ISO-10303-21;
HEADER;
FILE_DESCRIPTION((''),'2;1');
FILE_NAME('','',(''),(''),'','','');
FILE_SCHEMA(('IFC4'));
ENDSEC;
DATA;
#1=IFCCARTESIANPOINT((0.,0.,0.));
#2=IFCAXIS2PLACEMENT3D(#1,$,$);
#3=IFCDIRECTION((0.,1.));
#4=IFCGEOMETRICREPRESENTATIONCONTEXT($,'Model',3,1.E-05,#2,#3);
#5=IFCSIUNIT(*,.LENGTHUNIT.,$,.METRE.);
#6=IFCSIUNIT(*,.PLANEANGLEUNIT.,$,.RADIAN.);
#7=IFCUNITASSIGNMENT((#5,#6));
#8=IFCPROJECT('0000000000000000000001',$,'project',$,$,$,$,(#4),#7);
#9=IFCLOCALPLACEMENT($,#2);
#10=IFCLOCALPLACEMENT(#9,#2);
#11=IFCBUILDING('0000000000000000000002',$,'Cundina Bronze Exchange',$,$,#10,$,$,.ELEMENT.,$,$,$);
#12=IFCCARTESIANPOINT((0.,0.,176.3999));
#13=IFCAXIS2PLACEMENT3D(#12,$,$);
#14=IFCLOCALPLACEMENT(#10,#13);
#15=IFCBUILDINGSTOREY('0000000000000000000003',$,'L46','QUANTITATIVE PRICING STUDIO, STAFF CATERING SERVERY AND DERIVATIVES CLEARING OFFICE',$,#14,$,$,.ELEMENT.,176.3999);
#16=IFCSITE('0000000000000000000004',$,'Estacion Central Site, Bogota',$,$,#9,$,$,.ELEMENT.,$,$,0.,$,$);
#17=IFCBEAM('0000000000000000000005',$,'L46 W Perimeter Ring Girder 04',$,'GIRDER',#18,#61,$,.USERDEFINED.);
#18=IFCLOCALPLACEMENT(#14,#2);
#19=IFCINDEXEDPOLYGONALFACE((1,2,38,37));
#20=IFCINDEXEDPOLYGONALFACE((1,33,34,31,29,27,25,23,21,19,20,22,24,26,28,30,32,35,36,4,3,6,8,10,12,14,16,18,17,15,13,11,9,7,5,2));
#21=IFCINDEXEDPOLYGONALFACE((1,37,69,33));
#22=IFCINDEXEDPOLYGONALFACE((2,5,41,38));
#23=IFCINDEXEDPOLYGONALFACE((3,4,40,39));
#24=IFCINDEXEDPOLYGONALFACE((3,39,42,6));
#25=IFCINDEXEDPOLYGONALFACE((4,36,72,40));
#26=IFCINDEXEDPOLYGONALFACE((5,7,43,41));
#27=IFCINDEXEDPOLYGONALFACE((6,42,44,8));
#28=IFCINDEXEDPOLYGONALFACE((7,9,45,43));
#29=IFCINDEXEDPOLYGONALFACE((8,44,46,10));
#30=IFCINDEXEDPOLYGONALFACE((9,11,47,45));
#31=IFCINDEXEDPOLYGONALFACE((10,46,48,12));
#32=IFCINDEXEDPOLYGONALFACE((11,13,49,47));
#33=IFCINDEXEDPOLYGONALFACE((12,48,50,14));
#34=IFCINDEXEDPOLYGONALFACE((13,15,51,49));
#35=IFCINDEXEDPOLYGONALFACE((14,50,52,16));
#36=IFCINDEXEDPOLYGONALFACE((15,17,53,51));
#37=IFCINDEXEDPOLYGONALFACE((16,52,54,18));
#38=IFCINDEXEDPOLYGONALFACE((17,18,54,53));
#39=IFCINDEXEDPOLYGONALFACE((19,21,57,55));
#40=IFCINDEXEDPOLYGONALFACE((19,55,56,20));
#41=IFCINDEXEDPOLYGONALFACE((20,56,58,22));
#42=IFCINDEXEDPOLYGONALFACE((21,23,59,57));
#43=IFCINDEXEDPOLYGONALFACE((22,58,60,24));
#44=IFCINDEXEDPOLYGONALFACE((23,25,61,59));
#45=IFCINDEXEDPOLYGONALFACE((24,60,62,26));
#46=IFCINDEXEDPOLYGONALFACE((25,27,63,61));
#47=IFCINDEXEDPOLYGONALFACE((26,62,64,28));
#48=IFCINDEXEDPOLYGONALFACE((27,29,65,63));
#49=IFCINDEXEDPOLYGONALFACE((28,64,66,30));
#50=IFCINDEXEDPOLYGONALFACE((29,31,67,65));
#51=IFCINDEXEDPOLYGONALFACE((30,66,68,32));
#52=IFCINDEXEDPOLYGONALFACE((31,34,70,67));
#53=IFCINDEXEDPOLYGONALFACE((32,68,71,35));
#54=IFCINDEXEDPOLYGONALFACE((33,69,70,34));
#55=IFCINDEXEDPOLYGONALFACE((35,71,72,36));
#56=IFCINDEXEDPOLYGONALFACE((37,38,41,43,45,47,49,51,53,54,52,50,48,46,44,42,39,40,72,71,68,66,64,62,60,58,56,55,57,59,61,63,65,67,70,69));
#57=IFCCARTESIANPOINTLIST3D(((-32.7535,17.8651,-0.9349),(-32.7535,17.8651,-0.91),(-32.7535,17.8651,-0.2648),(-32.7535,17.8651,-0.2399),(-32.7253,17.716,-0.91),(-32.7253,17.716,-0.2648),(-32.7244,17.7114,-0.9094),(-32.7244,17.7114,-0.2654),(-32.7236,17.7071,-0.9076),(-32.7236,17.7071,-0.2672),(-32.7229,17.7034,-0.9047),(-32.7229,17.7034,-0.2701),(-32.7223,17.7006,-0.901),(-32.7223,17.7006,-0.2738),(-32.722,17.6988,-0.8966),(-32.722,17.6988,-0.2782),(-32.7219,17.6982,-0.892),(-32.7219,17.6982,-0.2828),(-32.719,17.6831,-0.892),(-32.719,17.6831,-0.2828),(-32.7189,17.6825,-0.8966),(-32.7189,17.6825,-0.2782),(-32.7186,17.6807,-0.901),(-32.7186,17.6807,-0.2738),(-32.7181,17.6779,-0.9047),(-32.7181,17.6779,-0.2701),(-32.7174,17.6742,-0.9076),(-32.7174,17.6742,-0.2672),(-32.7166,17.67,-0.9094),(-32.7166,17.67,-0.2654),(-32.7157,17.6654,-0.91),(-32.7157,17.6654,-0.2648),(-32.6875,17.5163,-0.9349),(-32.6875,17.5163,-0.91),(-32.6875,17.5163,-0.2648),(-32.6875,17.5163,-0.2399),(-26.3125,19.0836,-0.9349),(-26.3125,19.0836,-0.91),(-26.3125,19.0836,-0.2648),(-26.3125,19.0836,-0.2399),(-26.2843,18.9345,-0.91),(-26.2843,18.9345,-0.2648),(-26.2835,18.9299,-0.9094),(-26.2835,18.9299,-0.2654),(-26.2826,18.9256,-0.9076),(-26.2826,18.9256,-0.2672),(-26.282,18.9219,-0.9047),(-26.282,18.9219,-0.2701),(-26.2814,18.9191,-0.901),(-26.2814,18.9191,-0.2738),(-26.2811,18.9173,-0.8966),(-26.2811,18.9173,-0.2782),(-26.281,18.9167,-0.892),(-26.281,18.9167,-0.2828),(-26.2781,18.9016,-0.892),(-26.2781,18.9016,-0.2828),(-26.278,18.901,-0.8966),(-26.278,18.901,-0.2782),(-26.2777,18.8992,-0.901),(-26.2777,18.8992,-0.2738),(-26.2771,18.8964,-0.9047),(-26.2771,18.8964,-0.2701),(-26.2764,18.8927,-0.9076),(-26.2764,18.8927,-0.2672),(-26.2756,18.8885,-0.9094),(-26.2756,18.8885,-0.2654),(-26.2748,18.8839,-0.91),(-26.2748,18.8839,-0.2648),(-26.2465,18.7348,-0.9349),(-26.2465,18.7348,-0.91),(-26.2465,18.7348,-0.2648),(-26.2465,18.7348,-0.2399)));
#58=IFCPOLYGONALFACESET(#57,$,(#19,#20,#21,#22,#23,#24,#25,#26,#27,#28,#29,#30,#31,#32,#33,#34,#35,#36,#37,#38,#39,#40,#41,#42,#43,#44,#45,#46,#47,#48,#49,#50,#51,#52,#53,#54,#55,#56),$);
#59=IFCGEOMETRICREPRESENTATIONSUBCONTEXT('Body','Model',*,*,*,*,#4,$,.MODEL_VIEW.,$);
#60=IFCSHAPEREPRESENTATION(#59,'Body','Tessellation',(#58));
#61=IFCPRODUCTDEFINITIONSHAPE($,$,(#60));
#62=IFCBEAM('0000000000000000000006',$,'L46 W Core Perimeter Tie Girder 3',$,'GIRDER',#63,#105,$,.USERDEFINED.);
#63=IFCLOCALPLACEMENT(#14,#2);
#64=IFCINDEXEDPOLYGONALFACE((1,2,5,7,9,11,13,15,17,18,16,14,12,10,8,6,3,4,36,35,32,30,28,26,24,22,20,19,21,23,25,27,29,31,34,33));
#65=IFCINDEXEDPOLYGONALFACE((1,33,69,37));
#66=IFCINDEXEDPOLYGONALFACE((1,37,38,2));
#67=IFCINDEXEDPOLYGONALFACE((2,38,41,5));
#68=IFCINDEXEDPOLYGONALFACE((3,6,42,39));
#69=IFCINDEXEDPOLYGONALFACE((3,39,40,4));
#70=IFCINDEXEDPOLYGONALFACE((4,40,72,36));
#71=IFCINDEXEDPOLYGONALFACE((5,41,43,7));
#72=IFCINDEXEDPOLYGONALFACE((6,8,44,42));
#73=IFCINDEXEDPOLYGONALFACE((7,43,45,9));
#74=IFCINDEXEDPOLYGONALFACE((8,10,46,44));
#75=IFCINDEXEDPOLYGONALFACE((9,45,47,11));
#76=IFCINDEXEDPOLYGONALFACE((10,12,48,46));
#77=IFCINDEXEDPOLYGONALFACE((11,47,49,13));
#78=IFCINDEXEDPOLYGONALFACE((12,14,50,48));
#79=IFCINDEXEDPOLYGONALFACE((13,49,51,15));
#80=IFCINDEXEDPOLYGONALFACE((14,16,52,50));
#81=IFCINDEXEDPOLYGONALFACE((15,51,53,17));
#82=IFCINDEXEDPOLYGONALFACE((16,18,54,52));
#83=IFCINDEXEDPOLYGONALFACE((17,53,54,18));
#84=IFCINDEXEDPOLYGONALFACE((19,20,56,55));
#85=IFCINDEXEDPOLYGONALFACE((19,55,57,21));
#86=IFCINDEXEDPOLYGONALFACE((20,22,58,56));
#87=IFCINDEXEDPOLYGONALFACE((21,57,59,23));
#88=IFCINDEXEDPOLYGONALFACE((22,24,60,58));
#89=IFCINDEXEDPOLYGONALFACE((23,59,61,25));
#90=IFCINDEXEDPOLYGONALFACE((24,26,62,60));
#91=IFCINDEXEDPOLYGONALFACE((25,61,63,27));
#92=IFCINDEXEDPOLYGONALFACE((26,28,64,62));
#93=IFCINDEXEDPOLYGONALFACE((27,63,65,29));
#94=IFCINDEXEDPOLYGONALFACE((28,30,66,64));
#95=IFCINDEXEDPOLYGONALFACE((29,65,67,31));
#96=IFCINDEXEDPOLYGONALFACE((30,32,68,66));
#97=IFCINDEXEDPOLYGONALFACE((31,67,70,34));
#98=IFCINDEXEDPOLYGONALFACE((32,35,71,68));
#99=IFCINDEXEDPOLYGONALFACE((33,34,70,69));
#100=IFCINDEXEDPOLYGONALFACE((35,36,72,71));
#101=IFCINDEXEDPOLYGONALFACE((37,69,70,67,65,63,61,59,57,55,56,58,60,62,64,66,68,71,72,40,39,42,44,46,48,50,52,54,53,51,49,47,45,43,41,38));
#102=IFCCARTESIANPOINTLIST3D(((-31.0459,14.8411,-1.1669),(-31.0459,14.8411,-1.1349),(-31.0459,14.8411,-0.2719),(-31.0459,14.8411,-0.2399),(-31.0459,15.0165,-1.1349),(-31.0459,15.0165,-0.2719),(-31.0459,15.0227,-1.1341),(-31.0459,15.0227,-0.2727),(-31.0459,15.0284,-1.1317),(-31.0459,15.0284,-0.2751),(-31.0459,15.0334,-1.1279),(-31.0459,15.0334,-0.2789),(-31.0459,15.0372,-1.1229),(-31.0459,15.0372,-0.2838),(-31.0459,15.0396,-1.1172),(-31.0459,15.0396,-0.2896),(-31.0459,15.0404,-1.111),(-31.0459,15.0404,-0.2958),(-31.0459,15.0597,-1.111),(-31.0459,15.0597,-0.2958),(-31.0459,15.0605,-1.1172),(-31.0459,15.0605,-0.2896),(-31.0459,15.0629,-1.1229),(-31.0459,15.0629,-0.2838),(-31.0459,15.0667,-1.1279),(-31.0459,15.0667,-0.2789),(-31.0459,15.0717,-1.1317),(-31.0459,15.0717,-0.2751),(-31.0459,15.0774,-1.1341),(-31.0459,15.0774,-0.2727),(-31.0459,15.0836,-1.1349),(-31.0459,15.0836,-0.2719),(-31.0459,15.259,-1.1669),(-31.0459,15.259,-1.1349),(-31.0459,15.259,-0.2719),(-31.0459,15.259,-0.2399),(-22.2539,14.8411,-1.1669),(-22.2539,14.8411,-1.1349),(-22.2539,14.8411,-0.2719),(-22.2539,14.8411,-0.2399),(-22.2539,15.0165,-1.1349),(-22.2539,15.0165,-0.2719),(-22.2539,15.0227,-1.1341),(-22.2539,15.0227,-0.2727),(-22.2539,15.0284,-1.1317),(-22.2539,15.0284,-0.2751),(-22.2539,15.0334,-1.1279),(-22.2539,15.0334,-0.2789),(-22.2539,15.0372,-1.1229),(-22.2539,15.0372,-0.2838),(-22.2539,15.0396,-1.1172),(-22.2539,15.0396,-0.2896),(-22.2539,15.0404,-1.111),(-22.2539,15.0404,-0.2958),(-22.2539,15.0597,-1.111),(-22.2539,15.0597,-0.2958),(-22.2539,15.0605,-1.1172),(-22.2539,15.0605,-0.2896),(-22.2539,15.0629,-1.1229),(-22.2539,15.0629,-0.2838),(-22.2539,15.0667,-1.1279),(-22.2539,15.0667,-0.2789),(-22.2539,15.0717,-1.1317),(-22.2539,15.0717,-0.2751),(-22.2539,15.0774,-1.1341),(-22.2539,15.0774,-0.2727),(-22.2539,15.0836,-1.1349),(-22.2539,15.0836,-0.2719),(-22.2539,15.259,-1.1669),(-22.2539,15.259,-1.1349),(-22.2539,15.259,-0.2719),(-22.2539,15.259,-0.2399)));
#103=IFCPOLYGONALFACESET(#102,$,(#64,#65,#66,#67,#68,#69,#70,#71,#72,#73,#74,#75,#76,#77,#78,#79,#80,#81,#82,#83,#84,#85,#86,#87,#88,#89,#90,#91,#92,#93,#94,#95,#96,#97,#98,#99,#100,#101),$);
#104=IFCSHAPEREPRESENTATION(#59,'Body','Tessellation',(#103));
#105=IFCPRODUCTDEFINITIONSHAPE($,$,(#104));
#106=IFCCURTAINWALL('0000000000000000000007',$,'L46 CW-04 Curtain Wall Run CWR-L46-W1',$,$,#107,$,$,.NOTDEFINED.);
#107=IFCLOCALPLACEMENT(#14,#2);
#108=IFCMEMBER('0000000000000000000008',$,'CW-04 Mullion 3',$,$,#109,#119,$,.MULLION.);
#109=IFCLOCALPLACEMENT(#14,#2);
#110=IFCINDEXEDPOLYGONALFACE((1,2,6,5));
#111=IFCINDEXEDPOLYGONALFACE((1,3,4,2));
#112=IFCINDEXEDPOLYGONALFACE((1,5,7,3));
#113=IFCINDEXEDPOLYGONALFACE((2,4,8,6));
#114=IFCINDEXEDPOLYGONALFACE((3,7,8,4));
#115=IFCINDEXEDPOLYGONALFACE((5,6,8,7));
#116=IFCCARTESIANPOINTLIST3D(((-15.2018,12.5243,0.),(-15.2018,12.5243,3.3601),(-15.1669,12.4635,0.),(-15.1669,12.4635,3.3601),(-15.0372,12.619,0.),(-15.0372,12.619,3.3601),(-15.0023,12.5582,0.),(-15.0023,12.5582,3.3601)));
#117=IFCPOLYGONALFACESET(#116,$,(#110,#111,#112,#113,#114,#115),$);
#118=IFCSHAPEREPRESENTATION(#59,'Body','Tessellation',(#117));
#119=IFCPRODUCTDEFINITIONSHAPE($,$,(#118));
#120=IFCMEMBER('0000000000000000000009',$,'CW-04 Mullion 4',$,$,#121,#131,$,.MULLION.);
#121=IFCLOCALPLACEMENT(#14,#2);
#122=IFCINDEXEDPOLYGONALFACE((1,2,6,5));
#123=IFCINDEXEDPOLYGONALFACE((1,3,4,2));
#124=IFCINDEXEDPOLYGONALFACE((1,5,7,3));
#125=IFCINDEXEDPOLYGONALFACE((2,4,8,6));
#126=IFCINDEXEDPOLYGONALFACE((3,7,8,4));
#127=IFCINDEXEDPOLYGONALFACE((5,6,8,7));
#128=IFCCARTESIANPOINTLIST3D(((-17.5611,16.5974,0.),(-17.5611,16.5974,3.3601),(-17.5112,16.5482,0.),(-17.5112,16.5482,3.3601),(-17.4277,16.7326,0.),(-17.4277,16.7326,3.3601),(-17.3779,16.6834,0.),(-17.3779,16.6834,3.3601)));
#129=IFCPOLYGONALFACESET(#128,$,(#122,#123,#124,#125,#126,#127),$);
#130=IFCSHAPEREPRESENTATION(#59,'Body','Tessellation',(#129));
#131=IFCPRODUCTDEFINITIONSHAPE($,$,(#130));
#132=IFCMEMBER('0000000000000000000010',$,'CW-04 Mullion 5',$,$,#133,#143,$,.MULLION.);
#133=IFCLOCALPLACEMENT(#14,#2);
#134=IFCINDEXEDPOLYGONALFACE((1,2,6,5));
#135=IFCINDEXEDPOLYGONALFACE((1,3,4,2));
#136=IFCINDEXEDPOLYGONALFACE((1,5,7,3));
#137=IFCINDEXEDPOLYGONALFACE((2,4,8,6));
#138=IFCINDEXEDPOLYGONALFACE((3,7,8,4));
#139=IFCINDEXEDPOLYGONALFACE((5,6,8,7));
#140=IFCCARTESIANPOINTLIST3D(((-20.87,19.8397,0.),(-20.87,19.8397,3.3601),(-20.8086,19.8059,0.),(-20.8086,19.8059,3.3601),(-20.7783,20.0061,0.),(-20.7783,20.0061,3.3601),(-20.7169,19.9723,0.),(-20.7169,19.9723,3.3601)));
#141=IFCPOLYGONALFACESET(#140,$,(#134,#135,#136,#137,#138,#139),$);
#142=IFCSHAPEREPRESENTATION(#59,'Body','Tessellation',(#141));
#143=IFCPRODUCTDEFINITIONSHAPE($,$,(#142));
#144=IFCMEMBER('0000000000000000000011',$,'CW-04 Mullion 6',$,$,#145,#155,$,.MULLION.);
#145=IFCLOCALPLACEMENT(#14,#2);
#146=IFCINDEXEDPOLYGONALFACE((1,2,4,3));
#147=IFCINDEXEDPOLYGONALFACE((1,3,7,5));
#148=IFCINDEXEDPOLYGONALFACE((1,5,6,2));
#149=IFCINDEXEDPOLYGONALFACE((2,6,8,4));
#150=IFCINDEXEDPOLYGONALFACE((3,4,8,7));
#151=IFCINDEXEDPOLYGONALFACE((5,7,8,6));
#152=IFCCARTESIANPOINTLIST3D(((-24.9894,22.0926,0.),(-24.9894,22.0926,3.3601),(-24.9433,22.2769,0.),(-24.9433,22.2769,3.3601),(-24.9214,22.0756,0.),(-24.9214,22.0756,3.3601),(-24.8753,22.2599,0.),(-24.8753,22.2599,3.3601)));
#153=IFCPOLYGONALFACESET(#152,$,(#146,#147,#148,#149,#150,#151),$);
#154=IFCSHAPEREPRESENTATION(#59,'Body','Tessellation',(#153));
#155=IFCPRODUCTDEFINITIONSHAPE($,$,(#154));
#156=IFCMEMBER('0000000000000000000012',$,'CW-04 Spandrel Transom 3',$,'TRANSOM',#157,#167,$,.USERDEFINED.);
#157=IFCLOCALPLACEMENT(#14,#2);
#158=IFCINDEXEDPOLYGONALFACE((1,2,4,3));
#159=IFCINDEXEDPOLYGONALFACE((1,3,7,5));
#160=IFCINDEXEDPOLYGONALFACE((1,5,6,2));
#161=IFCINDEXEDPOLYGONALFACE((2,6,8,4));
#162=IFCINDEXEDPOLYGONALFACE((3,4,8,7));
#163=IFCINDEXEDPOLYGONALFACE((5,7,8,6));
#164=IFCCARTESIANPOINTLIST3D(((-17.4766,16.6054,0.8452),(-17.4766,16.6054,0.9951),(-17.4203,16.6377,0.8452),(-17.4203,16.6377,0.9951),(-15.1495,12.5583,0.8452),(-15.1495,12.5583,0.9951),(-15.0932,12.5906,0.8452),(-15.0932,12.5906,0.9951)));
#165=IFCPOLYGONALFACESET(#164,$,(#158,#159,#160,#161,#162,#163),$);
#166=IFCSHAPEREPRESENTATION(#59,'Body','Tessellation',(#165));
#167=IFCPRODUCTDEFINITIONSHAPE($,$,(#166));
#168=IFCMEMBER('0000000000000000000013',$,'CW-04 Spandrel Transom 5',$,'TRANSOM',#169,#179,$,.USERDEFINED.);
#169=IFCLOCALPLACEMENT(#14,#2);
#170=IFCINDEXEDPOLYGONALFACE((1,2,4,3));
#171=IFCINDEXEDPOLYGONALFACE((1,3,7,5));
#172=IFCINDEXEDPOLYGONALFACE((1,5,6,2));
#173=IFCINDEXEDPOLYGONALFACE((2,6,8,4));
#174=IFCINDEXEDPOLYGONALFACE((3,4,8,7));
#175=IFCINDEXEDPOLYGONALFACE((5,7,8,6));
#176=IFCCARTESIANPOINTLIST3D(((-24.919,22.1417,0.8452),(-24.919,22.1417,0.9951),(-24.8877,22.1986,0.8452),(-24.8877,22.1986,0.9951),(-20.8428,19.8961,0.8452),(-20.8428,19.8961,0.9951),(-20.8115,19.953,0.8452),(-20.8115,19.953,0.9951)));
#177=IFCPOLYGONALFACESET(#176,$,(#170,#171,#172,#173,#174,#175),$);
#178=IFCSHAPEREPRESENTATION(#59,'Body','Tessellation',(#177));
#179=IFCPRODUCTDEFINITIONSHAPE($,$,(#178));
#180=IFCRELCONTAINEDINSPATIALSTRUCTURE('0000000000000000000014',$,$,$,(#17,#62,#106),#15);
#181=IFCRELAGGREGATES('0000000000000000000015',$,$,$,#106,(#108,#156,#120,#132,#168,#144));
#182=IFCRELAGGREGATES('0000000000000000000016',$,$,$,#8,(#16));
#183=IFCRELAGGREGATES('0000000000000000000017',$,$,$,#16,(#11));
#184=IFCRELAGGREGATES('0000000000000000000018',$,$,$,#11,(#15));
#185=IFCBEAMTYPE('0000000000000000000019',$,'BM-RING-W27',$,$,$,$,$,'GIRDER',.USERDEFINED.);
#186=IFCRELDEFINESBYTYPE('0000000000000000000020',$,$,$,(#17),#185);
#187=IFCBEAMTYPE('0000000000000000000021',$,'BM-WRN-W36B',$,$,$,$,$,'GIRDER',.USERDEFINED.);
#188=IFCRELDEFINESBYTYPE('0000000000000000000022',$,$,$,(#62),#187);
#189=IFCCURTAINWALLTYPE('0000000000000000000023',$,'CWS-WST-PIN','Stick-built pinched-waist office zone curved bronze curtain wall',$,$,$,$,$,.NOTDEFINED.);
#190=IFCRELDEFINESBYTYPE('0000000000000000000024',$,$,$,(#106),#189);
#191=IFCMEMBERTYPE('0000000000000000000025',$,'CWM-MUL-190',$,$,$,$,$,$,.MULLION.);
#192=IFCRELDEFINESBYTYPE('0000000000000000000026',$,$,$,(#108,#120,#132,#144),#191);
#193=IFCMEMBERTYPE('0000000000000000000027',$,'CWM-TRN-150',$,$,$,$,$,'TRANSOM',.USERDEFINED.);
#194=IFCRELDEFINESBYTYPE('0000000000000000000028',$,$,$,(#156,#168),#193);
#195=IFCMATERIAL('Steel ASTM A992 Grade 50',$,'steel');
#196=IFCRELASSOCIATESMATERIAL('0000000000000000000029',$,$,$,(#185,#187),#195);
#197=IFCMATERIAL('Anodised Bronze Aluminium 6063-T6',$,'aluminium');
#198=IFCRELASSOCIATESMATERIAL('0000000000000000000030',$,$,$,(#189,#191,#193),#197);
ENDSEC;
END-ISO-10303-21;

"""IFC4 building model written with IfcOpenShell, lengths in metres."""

from ifc_helpers import new_model, si_unit, direction, frame, origin, origin_2d, place, context, subcontext, project, spatial, rectangle, i_section, extrude, material, material_profile, profile_set, type_object, element, aggregate, save


model = new_model("IFC4")

# Units and contexts
model_context = context("Model", 3, precision=1e-05, world=origin(), true_north=direction((0.0, 1.0)))
body_context = subcontext(model_context, "Body", "Model", "MODEL_VIEW")
ifc_project = project(units=[si_unit("LENGTHUNIT", "METRE"), si_unit("PLANEANGLEUNIT", "RADIAN")], contexts=[model_context])

# Site, building, storey
site_placement = place(None, origin())
site = spatial("IfcSite", under=ifc_project, at=site_placement, Name="Estacion Central Site, Bogota", CompositionType="ELEMENT", RefElevation=0.0)
building_placement = place(site_placement, origin())
building = spatial("IfcBuilding", under=site, at=building_placement, Name="Cundina Bronze Exchange", CompositionType="ELEMENT")
storey_placement = place(building_placement, frame((0.0, 0.0, 176.3999)))
storey = spatial("IfcBuildingStorey", under=building, at=storey_placement, Name="L46", Description="QUANTITATIVE PRICING STUDIO, STAFF CATERING SERVERY AND DERIVATIVES CLEARING OFFICE", CompositionType="ELEMENT", Elevation=176.3999)

# Shared definitions
ifc_material_1 = material(Name="Steel ASTM A992 Grade 50", Category="steel")

# Beams
ifc_material_profile_1 = material_profile(ifc_material_1, i_section(OverallWidth=0.355, OverallDepth=0.6951, WebThickness=0.0154, FlangeThickness=0.0249, FilletRadius=0.0181, at=origin_2d()), Name="W27X146", Category="steel")
ifc_profile_set_1 = profile_set([ifc_material_profile_1], Name="Steel ASTM A992 Grade 50")
beam_type_1 = type_object("IfcBeamType", Name="BM-RING-W27", ElementType="GIRDER", PredefinedType="USERDEFINED", material=ifc_profile_set_1)
beam_1_placement = place(storey_placement, frame((-26.2795, 18.9092, -0.5874), z_axis=(-0.982572, -0.185885, 0.0), x_axis=(0.185885, -0.982572, 0.0)))
element("IfcBeam", 1, at=beam_1_placement, inside=storey, type_object=beam_type_1, Name="L46 W Perimeter Ring Girder 04", ObjectType="GIRDER", PredefinedType="USERDEFINED", context=body_context, shape_type="SweptSolid", body=[
    extrude(i_section(OverallWidth=0.355, OverallDepth=0.6951, WebThickness=0.0154, FlangeThickness=0.0249, FilletRadius=0.0181, at=origin_2d()), origin(), (0.0, 0.0, 1.0), 6.5552),
])
ifc_material_profile_2 = material_profile(ifc_material_1, i_section(OverallWidth=0.418, OverallDepth=0.927, WebThickness=0.0193, FlangeThickness=0.032, FilletRadius=0.0239, at=origin_2d()), Name="W36X231", Category="steel")
ifc_profile_set_2 = profile_set([ifc_material_profile_2], Name="Steel ASTM A992 Grade 50")
beam_type_2 = type_object("IfcBeamType", Name="BM-WRN-W36B", ElementType="GIRDER", PredefinedType="USERDEFINED", material=ifc_profile_set_2)
beam_2_placement = place(storey_placement, frame((-22.2539, 15.05, -0.7034), z_axis=(-1.0, 0.0, 0.0), x_axis=(0.0, -1.0, 0.0)))
element("IfcBeam", 2, at=beam_2_placement, inside=storey, type_object=beam_type_2, Name="L46 W Core Perimeter Tie Girder 3", ObjectType="GIRDER", PredefinedType="USERDEFINED", context=body_context, shape_type="SweptSolid", body=[
    extrude(i_section(OverallWidth=0.418, OverallDepth=0.927, WebThickness=0.0193, FlangeThickness=0.032, FilletRadius=0.0239, at=origin_2d()), origin(), (0.0, 0.0, 1.0), 8.792),
])

# Curtain wall, members
ifc_material_2 = material(Name="Anodised Bronze Aluminium 6063-T6", Category="aluminium")
curtain_wall_type = type_object("IfcCurtainWallType", Name="CWS-WST-PIN", Description="Stick-built pinched-waist office zone curved bronze curtain wall", PredefinedType="NOTDEFINED", material=ifc_material_2)
curtain_wall_placement = place(storey_placement, origin())
curtain_wall = element("IfcCurtainWall", 3, at=curtain_wall_placement, inside=storey, type_object=curtain_wall_type, Name="L46 CW-04 Curtain Wall Run CWR-L46-W1", PredefinedType="NOTDEFINED")
ifc_material_profile_3 = material_profile(ifc_material_2, rectangle(XDim=0.0701, YDim=0.1899, at=origin_2d()), Name="AL70X190", Category="aluminium")
ifc_profile_set_3 = profile_set([ifc_material_profile_3], Name="Anodised Bronze Aluminium 6063-T6")
member_type_1 = type_object("IfcMemberType", Name="CWM-MUL-190", PredefinedType="MULLION", material=ifc_profile_set_3)
member_1_placement = place(storey_placement, frame((-15.1021, 12.5413, 0.0), z_axis=(0.0, 0.0, 1.0), x_axis=(-0.498488, 0.866897, 0.0)))
member_1 = element("IfcMember", 4, at=member_1_placement, type_object=member_type_1, Name="CW-04 Mullion 3", PredefinedType="MULLION", context=body_context, shape_type="SweptSolid", body=[
    extrude(rectangle(XDim=0.0701, YDim=0.1899, at=origin_2d()), origin(), (0.0, 0.0, 1.0), 3.3601),
])
member_2_placement = place(storey_placement, frame((-17.4695, 16.6404, 0.0), z_axis=(0.0, 0.0, 1.0), x_axis=(-0.712026, 0.702153, 0.0)))
member_2 = element("IfcMember", 5, at=member_2_placement, type_object=member_type_1, Name="CW-04 Mullion 4", PredefinedType="MULLION", context=body_context, shape_type="SweptSolid", body=[
    extrude(rectangle(XDim=0.0701, YDim=0.1899, at=origin_2d()), origin(), (0.0, 0.0, 1.0), 3.3601),
])
member_3_placement = place(storey_placement, frame((-20.7935, 19.906, 0.0), z_axis=(0.0, 0.0, 1.0), x_axis=(-0.875886, 0.482518, 0.0)))
member_3 = element("IfcMember", 6, at=member_3_placement, type_object=member_type_1, Name="CW-04 Mullion 5", PredefinedType="MULLION", context=body_context, shape_type="SweptSolid", body=[
    extrude(rectangle(XDim=0.0701, YDim=0.1899, at=origin_2d()), origin(), (0.0, 0.0, 1.0), 3.3601),
])
member_4_placement = place(storey_placement, frame((-24.9324, 22.1763, 0.0), z_axis=(0.0, 0.0, 1.0), x_axis=(-0.970084, 0.242769, 0.0)))
member_4 = element("IfcMember", 7, at=member_4_placement, type_object=member_type_1, Name="CW-04 Mullion 6", PredefinedType="MULLION", context=body_context, shape_type="SweptSolid", body=[
    extrude(rectangle(XDim=0.0701, YDim=0.1899, at=origin_2d()), origin(), (0.0, 0.0, 1.0), 3.3601),
])
ifc_material_profile_4 = material_profile(ifc_material_2, rectangle(XDim=0.0649, YDim=0.1499, at=origin_2d()), Name="AL65X150", Category="aluminium")
ifc_profile_set_4 = profile_set([ifc_material_profile_4], Name="Anodised Bronze Aluminium 6063-T6")
member_type_2 = type_object("IfcMemberType", Name="CWM-TRN-150", ElementType="TRANSOM", PredefinedType="USERDEFINED", material=ifc_profile_set_4)
member_5_placement = place(storey_placement, frame((-15.1213, 12.5745, 0.9202), z_axis=(-0.49848, 0.866901, 0.0), x_axis=(-0.866901, -0.49848, 0.0)))
member_5 = element("IfcMember", 8, at=member_5_placement, type_object=member_type_2, Name="CW-04 Spandrel Transom 3", ObjectType="TRANSOM", PredefinedType="USERDEFINED", context=body_context, shape_type="SweptSolid", body=[
    extrude(rectangle(XDim=0.0649, YDim=0.1499, at=origin_2d()), origin(), (0.0, 0.0, 1.0), 4.6685),
])
member_6_placement = place(storey_placement, frame((-20.8271, 19.9246, 0.9202), z_axis=(-0.875879, 0.482531, 0.0), x_axis=(-0.482531, -0.875879, 0.0)))
member_6 = element("IfcMember", 9, at=member_6_placement, type_object=member_type_2, Name="CW-04 Spandrel Transom 5", ObjectType="TRANSOM", PredefinedType="USERDEFINED", context=body_context, shape_type="SweptSolid", body=[
    extrude(rectangle(XDim=0.0649, YDim=0.1499, at=origin_2d()), origin(), (0.0, 0.0, 1.0), 4.6538),
])
aggregate(curtain_wall, [member_1, member_5, member_2, member_3, member_6, member_4])

save(model, "model.ifc")
